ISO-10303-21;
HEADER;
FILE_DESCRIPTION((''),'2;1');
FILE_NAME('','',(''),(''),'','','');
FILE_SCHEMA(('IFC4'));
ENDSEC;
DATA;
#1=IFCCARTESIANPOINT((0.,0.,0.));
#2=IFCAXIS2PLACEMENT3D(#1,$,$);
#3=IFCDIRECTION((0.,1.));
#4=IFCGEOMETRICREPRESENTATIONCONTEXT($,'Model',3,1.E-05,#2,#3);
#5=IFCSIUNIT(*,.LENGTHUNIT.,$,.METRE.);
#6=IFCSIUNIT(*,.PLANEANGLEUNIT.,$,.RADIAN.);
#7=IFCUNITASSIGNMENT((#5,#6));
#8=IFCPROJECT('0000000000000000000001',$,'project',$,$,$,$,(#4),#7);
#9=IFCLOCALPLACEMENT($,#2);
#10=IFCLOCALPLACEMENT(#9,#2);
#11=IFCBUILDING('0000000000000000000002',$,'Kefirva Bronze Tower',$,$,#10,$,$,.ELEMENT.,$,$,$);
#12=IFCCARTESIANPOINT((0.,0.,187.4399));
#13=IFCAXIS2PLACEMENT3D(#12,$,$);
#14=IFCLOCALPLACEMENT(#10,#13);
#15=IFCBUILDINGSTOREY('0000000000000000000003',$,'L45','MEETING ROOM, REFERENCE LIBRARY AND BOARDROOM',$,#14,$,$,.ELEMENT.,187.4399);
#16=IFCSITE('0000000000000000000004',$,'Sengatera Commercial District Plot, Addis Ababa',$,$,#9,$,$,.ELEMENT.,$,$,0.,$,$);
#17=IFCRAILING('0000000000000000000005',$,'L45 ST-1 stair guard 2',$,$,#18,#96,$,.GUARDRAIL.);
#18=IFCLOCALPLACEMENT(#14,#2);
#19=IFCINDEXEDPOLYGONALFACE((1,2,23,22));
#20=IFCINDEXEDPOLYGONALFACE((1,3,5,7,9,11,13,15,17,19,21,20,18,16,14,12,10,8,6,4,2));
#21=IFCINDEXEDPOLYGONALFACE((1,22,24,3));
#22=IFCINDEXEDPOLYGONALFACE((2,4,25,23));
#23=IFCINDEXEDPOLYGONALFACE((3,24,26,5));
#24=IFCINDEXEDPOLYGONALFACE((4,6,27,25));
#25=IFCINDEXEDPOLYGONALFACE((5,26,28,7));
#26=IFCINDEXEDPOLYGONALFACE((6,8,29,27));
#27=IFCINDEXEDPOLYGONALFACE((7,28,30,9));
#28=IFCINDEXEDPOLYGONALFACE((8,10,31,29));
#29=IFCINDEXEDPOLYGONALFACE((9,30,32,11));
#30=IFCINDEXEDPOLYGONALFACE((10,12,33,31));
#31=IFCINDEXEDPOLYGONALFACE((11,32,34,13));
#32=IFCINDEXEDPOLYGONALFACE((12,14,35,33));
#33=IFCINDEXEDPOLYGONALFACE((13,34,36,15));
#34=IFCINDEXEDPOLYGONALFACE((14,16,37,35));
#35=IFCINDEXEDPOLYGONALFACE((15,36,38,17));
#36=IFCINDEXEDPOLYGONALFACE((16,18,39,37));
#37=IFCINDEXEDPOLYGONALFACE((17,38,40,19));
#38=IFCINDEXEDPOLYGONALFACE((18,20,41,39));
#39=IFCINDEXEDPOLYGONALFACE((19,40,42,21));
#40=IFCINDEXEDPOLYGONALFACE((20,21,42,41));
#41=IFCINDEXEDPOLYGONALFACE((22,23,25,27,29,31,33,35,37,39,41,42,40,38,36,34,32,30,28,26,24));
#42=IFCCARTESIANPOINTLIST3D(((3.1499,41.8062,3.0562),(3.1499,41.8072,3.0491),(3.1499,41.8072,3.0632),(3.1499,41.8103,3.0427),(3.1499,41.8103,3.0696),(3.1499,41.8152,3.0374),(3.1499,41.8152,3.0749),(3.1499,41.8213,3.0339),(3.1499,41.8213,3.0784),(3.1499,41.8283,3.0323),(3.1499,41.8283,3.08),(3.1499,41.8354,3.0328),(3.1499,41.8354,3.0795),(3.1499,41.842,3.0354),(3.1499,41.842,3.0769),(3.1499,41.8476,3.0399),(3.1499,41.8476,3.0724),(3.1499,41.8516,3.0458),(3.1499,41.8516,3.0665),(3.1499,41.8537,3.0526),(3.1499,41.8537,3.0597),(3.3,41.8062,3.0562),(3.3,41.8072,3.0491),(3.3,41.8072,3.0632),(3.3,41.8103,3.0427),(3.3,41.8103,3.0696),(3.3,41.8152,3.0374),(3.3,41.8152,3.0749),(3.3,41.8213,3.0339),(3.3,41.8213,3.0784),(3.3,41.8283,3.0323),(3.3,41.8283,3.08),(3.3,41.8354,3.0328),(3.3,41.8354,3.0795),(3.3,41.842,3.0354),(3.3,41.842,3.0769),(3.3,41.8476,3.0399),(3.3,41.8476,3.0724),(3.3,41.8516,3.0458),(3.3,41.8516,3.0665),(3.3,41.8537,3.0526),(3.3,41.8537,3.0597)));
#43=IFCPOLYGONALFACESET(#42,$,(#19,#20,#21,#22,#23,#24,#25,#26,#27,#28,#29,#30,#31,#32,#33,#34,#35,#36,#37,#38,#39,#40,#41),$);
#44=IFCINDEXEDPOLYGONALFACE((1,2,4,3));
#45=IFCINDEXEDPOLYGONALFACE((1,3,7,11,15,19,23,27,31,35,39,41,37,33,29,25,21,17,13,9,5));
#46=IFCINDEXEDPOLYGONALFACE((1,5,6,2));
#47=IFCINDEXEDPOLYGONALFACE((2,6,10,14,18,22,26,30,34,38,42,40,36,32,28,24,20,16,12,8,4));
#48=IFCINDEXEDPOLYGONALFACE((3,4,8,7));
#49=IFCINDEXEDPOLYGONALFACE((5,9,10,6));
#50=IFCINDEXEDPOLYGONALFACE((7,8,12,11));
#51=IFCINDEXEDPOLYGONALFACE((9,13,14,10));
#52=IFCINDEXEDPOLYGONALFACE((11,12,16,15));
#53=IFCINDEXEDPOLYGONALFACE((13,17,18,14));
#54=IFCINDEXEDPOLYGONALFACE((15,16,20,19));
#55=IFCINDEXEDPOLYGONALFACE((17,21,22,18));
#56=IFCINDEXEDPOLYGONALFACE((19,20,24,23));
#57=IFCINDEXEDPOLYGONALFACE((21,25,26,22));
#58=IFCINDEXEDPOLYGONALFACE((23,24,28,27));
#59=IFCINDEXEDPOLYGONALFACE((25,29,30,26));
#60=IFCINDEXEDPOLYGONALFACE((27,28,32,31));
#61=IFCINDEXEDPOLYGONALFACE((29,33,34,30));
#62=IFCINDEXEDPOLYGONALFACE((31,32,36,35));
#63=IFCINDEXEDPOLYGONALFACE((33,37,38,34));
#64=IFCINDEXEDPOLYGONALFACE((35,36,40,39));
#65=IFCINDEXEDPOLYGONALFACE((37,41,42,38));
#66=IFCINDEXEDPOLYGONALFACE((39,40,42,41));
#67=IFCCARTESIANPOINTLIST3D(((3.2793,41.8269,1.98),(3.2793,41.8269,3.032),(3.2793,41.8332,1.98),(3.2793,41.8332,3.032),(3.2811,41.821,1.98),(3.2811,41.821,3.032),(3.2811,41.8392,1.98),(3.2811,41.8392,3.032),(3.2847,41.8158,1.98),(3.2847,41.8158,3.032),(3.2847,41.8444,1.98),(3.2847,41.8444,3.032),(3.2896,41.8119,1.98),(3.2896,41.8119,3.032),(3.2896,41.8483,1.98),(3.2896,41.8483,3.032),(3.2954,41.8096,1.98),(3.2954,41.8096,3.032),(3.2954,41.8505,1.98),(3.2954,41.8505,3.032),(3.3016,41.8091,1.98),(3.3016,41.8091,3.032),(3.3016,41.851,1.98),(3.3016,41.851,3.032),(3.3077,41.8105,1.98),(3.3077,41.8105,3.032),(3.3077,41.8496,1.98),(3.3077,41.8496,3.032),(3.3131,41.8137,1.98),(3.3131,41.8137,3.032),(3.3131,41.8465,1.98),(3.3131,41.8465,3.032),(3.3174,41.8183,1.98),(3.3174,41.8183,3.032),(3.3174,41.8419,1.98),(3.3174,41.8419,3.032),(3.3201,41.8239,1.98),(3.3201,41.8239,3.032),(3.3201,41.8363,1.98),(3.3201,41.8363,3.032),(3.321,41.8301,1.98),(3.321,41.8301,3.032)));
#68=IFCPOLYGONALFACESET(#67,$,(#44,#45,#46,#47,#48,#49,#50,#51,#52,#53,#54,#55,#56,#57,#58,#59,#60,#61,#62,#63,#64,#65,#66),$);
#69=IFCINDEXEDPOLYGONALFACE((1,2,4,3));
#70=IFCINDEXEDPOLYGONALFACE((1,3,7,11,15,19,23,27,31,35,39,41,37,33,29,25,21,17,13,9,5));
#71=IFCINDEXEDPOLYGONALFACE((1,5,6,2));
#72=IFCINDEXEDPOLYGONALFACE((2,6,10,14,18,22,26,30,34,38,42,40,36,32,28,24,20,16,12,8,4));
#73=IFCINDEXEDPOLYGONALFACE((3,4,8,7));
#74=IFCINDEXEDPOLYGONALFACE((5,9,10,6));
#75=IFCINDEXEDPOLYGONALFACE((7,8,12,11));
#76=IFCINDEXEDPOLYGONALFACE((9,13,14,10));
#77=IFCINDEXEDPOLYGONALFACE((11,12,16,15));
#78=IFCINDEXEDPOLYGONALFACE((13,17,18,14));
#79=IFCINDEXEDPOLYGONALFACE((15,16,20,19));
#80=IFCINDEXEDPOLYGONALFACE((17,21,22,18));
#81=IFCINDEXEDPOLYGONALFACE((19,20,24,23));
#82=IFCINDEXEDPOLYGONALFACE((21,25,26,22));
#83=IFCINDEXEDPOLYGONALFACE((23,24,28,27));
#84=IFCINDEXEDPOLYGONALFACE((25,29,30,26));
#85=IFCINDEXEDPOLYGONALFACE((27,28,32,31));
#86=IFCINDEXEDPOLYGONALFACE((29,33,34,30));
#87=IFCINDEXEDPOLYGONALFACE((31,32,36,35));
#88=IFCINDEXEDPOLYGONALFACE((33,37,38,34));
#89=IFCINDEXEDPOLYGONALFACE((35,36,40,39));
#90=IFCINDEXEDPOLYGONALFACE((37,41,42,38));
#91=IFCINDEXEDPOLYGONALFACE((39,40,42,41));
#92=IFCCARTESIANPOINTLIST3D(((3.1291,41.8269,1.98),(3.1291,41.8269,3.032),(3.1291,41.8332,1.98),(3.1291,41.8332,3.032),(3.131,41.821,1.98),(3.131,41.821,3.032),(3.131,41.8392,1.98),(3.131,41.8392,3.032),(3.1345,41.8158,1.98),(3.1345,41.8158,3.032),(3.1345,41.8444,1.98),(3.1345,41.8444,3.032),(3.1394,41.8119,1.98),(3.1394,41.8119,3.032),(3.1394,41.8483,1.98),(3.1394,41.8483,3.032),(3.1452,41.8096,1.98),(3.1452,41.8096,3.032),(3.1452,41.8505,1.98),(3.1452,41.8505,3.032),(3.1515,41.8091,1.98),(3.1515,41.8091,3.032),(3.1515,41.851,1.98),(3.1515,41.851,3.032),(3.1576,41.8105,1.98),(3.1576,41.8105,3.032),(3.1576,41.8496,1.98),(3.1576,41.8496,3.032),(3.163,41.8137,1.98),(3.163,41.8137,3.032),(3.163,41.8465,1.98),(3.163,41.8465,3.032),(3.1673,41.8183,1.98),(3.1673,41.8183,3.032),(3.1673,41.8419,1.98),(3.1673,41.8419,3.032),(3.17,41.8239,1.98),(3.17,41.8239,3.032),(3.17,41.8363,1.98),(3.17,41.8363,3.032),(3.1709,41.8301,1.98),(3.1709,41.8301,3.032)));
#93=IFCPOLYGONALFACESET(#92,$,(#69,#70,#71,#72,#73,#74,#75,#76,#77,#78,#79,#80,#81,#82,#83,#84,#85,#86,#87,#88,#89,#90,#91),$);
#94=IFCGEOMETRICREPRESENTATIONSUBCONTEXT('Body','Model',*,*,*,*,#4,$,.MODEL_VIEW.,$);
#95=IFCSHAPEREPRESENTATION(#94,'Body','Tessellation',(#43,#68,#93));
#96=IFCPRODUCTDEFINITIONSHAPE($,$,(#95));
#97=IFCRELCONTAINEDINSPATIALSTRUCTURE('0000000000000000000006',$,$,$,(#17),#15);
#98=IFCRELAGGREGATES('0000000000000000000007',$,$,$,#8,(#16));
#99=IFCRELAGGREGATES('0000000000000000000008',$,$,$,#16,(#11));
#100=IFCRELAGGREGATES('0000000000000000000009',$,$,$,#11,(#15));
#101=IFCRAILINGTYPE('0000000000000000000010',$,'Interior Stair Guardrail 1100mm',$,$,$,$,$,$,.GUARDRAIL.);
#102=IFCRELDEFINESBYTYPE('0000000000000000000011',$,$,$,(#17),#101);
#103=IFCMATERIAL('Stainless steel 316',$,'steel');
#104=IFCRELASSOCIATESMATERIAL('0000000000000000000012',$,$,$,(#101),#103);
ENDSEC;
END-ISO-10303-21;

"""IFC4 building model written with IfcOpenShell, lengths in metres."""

from ifc_helpers import new_model, si_unit, direction, frame, origin, origin_2d, place, context, subcontext, project, spatial, circle, extrude, material, type_object, element, save


model = new_model("IFC4")

# Units and contexts
model_context = context("Model", 3, precision=1e-05, world=origin(), true_north=direction((0.0, 1.0)))
body_context = subcontext(model_context, "Body", "Model", "MODEL_VIEW")
ifc_project = project(units=[si_unit("LENGTHUNIT", "METRE"), si_unit("PLANEANGLEUNIT", "RADIAN")], contexts=[model_context])

# Site, building, storey
site_placement = place(None, origin())
site = spatial("IfcSite", under=ifc_project, at=site_placement, Name="Sengatera Commercial District Plot, Addis Ababa", CompositionType="ELEMENT", RefElevation=0.0)
building_placement = place(site_placement, origin())
building = spatial("IfcBuilding", under=site, at=building_placement, Name="Kefirva Bronze Tower", CompositionType="ELEMENT")
storey_placement = place(building_placement, frame((0.0, 0.0, 187.4399)))
storey = spatial("IfcBuildingStorey", under=building, at=storey_placement, Name="L45", Description="MEETING ROOM, REFERENCE LIBRARY AND BOARDROOM", CompositionType="ELEMENT", Elevation=187.4399)

# Railing
ifc_material_1 = material(Name="Stainless steel 316", Category="steel")
railing_type_1 = type_object("IfcRailingType", Name="Interior Stair Guardrail 1100mm", PredefinedType="GUARDRAIL", material=ifc_material_1)
railing_1_placement = place(storey_placement, frame((3.3, 41.8301, 1.98)))
element("IfcRailing", 1, at=railing_1_placement, inside=storey, type_object=railing_type_1, Name="L45 ST-1 stair guard 2", PredefinedType="GUARDRAIL", context=body_context, shape_type="SweptSolid", body=[
    extrude(circle(Radius=0.0239, at=origin_2d()), frame((0.0, 0.0, 1.0762), z_axis=(-1.0, 0.0, 0.0), x_axis=(0.0, -1.0, 0.0)), (0.0, 0.0, 1.0), 0.1501),
    extrude(circle(Radius=0.021, at=origin_2d()), origin(), (0.0, 0.0, 1.0), 1.052),
    extrude(circle(Radius=0.021, at=origin_2d()), frame((-0.1501, 0.0, 0.0)), (0.0, 0.0, 1.0), 1.052),
])

save(model, "model.ifc")
